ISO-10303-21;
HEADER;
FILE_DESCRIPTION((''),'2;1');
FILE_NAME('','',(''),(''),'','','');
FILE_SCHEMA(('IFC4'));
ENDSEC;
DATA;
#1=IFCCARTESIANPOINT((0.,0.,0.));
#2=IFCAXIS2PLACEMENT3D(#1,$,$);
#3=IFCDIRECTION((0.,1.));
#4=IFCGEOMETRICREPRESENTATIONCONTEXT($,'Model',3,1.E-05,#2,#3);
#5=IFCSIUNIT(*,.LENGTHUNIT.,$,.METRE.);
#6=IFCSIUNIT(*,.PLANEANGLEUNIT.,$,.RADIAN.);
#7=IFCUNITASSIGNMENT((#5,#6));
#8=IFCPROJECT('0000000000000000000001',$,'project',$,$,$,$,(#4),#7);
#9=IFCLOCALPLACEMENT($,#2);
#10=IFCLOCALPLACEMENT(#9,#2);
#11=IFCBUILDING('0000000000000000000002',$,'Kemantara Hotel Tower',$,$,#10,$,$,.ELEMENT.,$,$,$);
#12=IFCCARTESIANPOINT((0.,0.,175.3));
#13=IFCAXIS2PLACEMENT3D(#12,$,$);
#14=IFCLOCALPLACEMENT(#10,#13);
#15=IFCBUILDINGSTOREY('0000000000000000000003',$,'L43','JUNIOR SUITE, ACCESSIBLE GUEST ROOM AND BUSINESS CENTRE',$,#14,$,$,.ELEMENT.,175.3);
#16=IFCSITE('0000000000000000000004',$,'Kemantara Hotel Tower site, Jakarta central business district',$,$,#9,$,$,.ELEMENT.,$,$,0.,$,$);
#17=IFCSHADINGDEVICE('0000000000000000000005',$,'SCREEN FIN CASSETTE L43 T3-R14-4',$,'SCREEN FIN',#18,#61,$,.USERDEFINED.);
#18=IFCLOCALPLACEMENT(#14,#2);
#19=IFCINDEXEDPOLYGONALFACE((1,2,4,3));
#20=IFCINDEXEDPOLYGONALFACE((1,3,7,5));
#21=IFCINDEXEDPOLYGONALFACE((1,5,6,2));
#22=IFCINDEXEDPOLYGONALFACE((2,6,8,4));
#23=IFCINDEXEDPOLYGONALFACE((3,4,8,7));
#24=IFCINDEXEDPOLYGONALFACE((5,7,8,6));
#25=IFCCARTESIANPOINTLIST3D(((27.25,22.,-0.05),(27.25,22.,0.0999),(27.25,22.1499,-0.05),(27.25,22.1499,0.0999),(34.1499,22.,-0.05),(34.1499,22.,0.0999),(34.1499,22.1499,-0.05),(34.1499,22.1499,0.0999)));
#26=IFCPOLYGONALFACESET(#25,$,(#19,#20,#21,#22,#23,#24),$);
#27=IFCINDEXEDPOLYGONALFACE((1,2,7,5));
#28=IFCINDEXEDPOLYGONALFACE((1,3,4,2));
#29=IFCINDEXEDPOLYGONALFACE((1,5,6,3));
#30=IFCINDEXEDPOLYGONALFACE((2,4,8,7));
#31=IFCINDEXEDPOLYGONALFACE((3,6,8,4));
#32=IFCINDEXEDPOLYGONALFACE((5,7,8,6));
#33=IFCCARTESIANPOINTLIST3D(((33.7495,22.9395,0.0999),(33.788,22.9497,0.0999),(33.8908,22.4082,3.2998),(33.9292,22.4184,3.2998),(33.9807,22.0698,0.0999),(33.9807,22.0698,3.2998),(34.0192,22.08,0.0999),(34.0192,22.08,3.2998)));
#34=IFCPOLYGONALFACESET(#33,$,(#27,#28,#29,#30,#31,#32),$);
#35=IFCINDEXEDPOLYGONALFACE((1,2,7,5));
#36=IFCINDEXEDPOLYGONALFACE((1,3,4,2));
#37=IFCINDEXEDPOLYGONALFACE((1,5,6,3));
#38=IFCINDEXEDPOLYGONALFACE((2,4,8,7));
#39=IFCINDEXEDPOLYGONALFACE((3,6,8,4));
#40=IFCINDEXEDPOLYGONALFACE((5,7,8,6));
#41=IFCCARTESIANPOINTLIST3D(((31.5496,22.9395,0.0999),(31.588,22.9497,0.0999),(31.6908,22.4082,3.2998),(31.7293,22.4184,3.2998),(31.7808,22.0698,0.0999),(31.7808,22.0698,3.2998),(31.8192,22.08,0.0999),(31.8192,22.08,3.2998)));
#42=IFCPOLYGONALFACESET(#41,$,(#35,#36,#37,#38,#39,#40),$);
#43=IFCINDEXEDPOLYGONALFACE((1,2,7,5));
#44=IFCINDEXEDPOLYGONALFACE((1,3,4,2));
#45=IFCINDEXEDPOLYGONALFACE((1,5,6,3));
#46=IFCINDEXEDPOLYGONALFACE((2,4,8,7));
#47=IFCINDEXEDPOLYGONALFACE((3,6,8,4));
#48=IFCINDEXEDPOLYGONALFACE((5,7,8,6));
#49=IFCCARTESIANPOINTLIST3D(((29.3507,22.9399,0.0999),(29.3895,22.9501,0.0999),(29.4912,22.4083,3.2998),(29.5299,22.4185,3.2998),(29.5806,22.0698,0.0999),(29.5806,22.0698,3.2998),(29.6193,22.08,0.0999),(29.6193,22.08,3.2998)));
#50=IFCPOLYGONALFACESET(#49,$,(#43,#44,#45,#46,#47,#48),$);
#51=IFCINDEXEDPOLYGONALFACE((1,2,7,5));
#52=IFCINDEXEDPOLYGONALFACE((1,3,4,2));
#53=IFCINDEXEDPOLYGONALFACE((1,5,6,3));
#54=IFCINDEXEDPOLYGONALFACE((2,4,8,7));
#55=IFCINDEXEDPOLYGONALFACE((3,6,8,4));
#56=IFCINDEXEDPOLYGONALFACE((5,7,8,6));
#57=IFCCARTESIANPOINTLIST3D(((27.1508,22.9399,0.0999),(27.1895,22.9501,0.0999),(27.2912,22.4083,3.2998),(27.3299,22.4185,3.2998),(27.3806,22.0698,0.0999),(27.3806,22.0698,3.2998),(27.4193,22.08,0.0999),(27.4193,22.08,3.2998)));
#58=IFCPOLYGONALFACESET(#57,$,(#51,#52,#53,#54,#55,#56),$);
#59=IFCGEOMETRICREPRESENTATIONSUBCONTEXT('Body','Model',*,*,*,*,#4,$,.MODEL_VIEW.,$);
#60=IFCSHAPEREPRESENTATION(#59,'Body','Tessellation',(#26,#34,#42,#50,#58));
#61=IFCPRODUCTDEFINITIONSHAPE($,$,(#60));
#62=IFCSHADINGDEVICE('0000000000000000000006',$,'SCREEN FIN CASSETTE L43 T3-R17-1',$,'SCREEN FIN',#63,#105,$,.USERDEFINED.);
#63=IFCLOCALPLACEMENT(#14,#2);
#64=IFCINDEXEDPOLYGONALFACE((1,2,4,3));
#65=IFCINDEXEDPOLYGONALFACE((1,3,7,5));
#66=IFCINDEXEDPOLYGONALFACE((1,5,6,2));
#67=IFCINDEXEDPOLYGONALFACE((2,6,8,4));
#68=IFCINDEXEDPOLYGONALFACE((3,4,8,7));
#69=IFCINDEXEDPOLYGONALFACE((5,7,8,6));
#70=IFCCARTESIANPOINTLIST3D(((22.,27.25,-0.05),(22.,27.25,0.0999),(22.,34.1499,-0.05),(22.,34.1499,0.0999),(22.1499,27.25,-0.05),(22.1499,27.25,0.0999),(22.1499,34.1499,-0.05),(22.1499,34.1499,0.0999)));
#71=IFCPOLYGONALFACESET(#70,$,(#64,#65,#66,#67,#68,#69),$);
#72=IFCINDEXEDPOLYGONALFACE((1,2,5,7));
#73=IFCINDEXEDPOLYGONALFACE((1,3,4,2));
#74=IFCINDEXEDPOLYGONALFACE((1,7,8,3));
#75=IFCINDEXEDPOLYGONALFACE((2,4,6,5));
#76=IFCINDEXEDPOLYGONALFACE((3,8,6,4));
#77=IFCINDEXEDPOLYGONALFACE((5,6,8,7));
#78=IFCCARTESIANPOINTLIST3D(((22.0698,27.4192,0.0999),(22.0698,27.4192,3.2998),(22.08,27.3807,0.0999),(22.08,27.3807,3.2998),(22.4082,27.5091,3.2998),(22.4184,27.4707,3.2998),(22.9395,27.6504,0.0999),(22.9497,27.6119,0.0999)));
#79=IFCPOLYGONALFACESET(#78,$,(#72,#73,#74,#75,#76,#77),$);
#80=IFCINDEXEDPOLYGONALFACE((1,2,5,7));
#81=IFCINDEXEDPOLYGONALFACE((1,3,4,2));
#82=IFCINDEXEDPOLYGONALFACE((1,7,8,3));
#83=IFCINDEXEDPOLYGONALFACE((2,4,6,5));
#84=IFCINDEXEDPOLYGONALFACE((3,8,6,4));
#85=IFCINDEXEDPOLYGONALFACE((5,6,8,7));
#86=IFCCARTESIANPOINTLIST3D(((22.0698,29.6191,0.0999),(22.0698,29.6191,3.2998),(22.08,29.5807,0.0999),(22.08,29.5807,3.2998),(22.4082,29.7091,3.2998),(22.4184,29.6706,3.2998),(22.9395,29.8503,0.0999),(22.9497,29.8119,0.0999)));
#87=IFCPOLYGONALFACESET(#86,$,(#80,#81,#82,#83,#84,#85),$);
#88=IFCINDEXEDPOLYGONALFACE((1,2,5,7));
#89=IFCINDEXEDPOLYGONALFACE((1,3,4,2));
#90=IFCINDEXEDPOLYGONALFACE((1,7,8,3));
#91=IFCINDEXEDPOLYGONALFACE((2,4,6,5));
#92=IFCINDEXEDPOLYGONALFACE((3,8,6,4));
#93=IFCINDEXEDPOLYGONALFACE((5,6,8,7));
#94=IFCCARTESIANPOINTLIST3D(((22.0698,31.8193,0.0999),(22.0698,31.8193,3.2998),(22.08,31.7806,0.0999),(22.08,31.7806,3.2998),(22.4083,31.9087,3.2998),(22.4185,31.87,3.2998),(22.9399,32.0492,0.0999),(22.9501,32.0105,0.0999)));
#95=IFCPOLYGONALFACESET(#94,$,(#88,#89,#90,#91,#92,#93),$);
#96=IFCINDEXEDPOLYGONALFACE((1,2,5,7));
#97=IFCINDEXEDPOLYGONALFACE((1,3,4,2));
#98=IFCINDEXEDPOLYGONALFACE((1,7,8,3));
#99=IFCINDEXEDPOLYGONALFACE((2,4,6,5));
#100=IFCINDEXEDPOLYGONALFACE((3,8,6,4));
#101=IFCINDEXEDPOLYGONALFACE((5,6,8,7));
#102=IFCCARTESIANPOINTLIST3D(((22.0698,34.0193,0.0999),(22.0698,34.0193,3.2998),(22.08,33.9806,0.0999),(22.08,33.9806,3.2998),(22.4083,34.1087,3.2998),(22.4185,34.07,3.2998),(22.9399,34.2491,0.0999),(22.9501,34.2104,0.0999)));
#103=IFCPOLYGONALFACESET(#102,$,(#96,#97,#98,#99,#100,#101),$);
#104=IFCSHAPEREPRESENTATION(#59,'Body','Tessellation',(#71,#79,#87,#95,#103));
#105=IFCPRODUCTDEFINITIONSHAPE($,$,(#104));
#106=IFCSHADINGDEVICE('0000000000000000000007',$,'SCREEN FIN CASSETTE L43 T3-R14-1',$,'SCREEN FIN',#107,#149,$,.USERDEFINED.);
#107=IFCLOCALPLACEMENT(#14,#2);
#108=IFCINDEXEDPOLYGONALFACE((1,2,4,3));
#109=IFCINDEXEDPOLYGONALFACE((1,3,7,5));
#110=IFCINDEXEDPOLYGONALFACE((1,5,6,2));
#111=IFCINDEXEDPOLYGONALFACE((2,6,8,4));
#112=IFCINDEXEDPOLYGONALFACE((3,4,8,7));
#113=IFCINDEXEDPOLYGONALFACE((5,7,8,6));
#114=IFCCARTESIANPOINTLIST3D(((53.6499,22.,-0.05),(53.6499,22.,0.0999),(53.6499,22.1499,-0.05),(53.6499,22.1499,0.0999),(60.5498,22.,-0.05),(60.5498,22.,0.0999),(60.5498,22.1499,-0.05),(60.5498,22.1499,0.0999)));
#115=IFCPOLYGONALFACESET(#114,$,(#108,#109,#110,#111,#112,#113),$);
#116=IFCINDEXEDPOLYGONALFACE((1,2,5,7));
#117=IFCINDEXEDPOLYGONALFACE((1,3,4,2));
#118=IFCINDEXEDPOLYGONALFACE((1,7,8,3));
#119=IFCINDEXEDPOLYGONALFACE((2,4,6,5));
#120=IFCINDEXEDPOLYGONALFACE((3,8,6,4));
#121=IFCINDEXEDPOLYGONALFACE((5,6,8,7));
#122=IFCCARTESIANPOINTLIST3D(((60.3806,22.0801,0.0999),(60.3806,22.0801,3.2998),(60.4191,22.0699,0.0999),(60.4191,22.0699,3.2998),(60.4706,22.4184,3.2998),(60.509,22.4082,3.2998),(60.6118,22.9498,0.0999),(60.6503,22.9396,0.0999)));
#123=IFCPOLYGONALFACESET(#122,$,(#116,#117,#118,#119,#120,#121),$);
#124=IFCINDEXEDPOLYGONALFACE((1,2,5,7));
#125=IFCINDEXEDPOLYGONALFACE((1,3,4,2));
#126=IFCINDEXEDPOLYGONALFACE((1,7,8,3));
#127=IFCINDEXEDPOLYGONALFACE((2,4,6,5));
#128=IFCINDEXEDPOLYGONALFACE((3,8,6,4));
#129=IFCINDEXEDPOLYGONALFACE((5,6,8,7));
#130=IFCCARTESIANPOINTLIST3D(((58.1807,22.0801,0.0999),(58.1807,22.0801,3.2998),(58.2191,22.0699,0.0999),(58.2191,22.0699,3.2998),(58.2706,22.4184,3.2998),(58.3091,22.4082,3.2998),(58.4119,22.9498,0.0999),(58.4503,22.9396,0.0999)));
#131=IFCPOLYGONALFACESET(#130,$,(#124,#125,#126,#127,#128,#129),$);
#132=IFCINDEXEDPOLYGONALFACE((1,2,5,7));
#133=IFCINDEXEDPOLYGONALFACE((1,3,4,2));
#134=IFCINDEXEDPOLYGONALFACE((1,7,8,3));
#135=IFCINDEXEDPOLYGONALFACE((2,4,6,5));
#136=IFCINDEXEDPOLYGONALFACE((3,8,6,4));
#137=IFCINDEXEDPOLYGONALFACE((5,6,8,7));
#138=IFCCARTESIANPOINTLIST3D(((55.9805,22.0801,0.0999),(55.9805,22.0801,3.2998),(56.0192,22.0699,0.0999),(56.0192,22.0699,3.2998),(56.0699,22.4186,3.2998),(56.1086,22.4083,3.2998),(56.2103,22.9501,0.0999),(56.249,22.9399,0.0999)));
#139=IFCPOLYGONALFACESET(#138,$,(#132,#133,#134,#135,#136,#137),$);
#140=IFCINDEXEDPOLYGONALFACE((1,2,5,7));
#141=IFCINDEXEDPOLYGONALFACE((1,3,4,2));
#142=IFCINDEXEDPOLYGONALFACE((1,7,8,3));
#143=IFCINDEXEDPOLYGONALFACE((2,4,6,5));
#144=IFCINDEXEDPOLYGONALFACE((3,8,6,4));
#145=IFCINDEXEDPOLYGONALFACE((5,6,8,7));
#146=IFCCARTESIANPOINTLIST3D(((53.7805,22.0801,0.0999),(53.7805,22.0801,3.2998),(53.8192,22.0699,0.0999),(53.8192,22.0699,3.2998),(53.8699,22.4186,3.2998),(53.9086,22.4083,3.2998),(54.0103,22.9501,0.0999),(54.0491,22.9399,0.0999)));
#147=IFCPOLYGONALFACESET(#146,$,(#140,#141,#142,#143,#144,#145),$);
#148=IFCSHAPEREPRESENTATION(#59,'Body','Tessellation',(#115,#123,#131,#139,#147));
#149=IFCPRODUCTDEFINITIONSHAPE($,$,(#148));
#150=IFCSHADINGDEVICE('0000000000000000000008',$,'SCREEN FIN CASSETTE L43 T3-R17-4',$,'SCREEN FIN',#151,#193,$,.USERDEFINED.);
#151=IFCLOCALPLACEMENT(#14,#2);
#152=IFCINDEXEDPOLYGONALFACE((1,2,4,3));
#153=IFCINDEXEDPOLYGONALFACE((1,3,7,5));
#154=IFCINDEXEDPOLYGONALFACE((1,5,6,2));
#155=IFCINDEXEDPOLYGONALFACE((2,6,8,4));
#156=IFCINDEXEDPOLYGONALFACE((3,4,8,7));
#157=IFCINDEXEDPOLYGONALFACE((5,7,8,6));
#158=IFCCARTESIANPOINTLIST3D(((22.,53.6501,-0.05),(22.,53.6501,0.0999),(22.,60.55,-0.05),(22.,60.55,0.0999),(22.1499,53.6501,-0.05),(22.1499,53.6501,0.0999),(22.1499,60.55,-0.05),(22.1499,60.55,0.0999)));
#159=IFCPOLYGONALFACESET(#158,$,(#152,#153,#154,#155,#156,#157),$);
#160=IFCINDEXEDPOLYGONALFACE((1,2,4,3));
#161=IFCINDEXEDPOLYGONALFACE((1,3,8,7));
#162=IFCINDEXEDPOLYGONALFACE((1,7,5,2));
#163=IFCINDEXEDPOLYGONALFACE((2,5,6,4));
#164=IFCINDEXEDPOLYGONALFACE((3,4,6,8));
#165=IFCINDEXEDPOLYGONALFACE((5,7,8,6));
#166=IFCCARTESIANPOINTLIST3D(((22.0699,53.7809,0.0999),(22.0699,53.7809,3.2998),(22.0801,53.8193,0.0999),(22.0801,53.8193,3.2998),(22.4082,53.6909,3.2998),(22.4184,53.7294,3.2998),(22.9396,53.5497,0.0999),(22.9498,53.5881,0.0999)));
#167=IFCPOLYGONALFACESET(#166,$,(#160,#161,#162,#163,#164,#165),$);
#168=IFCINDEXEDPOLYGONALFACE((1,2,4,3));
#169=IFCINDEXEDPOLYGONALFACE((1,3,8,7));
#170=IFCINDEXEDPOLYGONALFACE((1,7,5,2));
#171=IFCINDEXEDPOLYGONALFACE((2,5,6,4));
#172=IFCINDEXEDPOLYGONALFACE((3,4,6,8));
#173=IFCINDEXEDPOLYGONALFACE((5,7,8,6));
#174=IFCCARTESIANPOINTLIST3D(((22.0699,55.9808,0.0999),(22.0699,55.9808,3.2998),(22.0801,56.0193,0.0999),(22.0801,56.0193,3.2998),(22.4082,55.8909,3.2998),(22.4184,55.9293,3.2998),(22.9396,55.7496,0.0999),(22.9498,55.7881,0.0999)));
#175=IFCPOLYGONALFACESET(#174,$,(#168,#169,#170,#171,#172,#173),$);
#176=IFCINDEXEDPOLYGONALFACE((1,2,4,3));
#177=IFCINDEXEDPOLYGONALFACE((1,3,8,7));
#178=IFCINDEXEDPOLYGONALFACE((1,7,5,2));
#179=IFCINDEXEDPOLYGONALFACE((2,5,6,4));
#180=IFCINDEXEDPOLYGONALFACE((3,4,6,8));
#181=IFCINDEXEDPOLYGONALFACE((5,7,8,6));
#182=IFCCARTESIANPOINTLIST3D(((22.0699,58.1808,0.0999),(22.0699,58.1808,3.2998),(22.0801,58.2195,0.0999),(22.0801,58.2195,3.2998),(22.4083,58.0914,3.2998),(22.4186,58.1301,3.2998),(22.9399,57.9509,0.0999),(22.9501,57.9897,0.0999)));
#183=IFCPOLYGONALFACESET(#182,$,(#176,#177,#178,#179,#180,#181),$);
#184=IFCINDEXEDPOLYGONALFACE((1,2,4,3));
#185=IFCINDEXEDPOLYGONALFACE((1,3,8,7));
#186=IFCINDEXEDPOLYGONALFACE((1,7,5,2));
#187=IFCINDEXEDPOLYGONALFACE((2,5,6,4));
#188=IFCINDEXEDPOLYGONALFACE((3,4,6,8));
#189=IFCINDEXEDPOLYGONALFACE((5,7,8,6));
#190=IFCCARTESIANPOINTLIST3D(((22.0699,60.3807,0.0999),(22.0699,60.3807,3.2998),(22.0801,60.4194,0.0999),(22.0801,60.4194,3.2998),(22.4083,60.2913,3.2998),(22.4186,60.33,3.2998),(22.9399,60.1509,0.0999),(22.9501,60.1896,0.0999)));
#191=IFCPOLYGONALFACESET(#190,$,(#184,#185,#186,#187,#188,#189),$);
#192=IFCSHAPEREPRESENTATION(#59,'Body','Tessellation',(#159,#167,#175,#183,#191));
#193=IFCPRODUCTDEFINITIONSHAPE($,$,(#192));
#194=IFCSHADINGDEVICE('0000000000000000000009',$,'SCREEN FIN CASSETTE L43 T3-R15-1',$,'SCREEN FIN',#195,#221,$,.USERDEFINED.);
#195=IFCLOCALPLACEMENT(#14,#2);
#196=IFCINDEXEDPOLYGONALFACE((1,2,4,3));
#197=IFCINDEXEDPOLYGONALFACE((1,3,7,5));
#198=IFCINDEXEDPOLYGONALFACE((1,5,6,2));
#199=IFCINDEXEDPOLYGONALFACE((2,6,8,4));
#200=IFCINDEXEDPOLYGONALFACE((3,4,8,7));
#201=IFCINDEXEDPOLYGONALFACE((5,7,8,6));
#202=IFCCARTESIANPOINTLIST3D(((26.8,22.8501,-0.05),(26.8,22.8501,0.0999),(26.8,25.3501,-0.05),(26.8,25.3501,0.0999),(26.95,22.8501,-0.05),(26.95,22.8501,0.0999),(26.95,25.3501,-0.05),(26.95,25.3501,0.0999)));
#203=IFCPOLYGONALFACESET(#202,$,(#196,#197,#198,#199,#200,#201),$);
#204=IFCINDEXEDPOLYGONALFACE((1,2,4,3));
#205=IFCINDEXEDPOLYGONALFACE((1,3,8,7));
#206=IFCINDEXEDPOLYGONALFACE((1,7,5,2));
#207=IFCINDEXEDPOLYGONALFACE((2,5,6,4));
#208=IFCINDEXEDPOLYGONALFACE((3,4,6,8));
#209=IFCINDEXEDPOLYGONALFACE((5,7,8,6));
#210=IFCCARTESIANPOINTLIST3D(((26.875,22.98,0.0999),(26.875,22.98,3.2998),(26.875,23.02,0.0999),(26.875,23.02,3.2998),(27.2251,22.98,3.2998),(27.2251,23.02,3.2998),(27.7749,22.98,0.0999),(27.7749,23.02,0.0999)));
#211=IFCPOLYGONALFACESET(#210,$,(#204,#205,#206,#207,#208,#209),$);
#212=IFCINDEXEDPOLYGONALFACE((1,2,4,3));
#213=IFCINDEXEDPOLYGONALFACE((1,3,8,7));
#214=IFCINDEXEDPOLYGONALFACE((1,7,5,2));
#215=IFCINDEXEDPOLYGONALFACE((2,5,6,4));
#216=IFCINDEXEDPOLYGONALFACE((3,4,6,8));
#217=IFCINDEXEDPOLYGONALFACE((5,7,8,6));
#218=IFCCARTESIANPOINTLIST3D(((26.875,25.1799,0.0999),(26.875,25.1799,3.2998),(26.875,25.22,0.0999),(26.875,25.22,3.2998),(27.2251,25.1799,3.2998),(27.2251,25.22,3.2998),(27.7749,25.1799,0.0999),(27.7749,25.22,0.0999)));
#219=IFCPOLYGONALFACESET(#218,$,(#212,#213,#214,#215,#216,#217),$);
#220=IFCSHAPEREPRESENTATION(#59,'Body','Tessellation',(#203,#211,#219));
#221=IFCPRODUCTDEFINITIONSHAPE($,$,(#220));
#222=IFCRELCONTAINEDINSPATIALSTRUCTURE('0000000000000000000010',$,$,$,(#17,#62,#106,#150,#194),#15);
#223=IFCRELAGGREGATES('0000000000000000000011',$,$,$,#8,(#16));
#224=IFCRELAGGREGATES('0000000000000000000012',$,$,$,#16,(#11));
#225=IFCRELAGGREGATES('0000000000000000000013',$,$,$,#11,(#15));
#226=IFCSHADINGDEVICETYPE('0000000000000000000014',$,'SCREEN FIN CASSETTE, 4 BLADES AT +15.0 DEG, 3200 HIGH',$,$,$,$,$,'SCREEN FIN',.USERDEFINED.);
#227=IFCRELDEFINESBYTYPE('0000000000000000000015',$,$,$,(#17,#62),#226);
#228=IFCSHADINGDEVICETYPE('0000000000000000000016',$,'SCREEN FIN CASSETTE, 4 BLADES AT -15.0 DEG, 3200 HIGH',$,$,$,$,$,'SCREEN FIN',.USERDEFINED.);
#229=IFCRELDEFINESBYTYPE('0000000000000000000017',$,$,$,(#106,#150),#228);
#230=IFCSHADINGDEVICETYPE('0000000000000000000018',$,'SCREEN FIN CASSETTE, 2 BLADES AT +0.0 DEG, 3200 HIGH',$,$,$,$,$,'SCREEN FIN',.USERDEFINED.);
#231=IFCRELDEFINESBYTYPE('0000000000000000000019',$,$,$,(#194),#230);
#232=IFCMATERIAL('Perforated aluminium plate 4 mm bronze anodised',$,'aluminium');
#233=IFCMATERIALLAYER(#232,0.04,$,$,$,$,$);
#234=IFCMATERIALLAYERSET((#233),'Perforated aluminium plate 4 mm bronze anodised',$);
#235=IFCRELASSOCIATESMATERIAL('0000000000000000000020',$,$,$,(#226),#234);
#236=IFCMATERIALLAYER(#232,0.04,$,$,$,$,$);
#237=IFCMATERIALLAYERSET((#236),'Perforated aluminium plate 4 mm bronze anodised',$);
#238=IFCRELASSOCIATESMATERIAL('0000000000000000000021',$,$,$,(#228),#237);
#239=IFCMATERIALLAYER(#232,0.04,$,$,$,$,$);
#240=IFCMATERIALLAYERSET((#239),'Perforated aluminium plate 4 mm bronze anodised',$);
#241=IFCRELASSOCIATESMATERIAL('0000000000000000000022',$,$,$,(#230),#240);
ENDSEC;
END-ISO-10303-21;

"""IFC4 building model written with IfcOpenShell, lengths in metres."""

from ifc_helpers import new_model, si_unit, direction, frame, origin, origin_2d, place, context, subcontext, project, spatial, polyline, rectangle, outline, extrude, source, transform, mapped, material, layer, layer_set, type_object, element, save


model = new_model("IFC4")

# Units and contexts
model_context = context("Model", 3, precision=1e-05, world=origin(), true_north=direction((0.0, 1.0)))
body_context = subcontext(model_context, "Body", "Model", "MODEL_VIEW")
ifc_project = project(units=[si_unit("LENGTHUNIT", "METRE"), si_unit("PLANEANGLEUNIT", "RADIAN")], contexts=[model_context])

# Site, building, storey
site_placement = place(None, origin())
site = spatial("IfcSite", under=ifc_project, at=site_placement, Name="Kemantara Hotel Tower site, Jakarta central business district", CompositionType="ELEMENT", RefElevation=0.0)
building_placement = place(site_placement, origin())
building = spatial("IfcBuilding", under=site, at=building_placement, Name="Kemantara Hotel Tower", CompositionType="ELEMENT")
storey_placement = place(building_placement, frame((0.0, 0.0, 175.3)))
storey = spatial("IfcBuildingStorey", under=building, at=storey_placement, Name="L43", Description="JUNIOR SUITE, ACCESSIBLE GUEST ROOM AND BUSINESS CENTRE", CompositionType="ELEMENT", Elevation=175.3)

# Shading devices
ifc_material_1 = material(Name="Perforated aluminium plate 4 mm bronze anodised", Category="aluminium")
ifc_layer_1 = layer(ifc_material_1, 0.04)
ifc_layer_set_1 = layer_set([ifc_layer_1], Name="Perforated aluminium plate 4 mm bronze anodised")
shading_device_type_1 = type_object("IfcShadingDeviceType", Name="SCREEN FIN CASSETTE, 4 BLADES AT +15.0 DEG, 3200 HIGH", ElementType="SCREEN FIN", PredefinedType="USERDEFINED", material=ifc_layer_set_1)
shared_shape_1 = source(origin(), body_context, "Body", "SweptSolid", [
    extrude(rectangle(XDim=6.8999, YDim=0.1499, at=origin_2d()), frame((3.3, -0.075, -0.1499), z_axis=(0.0, 0.0, 1.0), x_axis=(1.0, 0.0, 0.0)), (0.0, 0.0, 1.0), 0.1499),
    extrude(outline(polyline([(0.0, 0.0), (0.8999, 0.0), (0.3501, 3.2), (0.0, 3.2), (0.0, 0.0)])), frame((0.0193, -0.0698, 0.0), z_axis=(-0.966438, -0.256901, 0.0), x_axis=(0.256901, -0.966438, 0.0)), (0.0, 0.0, 1.0), 0.0398),
    extrude(outline(polyline([(0.0, 0.0), (0.8999, 0.0), (0.3501, 3.2), (0.0, 3.2), (0.0, 0.0)])), frame((2.2192, -0.0698, 0.0), z_axis=(-0.966438, -0.256901, 0.0), x_axis=(0.256901, -0.966438, 0.0)), (0.0, 0.0, 1.0), 0.0398),
    extrude(outline(polyline([(0.0, 0.0), (0.8999, 0.0), (0.3501, 3.2), (0.0, 3.2), (0.0, 0.0)])), frame((4.4194, -0.0698, 0.0), z_axis=(-0.966838, -0.255391, 0.0), x_axis=(0.255391, -0.966838, 0.0)), (0.0, 0.0, 1.0), 0.04),
    extrude(outline(polyline([(0.0, 0.0), (0.8999, 0.0), (0.3501, 3.2), (0.0, 3.2), (0.0, 0.0)])), frame((6.6194, -0.0698, 0.0), z_axis=(-0.966838, -0.255391, 0.0), x_axis=(0.255391, -0.966838, 0.0)), (0.0, 0.0, 1.0), 0.04),
])
for number, where, z_axis, x_axis, name in (
    (1, (34.0, 22.0, 0.0999), (0.0, 0.0, 1.0), (-1.0, 0.0, 0.0), "SCREEN FIN CASSETTE L43 T3-R14-4"),
    (2, (22.0, 27.3999, 0.0999), (0.0, 0.0, 1.0), (0.0, 1.0, 0.0), "SCREEN FIN CASSETTE L43 T3-R17-1"),
):
    element("IfcShadingDevice", number, at=place(storey_placement, frame(where, z_axis=z_axis, x_axis=x_axis)), inside=storey, type_object=shading_device_type_1, Name=name, ObjectType="SCREEN FIN", PredefinedType="USERDEFINED", context=body_context, shape_type="MappedRepresentation", body=[
        mapped(shared_shape_1, transform((0.0, 0.0, 0.0))),
    ])
ifc_layer_2 = layer(ifc_material_1, 0.04)
ifc_layer_set_2 = layer_set([ifc_layer_2], Name="Perforated aluminium plate 4 mm bronze anodised")
shading_device_type_2 = type_object("IfcShadingDeviceType", Name="SCREEN FIN CASSETTE, 4 BLADES AT -15.0 DEG, 3200 HIGH", ElementType="SCREEN FIN", PredefinedType="USERDEFINED", material=ifc_layer_set_2)
shared_shape_2 = source(origin(), body_context, "Body", "SweptSolid", [
    extrude(rectangle(XDim=6.8999, YDim=0.1499, at=origin_2d()), frame((3.3, -0.075, -0.1499), z_axis=(0.0, 0.0, 1.0), x_axis=(1.0, 0.0, 0.0)), (0.0, 0.0, 1.0), 0.1499),
    extrude(outline(polyline([(0.0, 0.0), (0.8999, 0.0), (0.3501, 3.2), (0.0, 3.2), (0.0, 0.0)])), frame((0.0193, -0.0801, 0.0), z_axis=(-0.966438, 0.256901, 0.0), x_axis=(-0.256901, -0.966438, 0.0)), (0.0, 0.0, 1.0), 0.0398),
    extrude(outline(polyline([(0.0, 0.0), (0.8999, 0.0), (0.3501, 3.2), (0.0, 3.2), (0.0, 0.0)])), frame((2.2192, -0.0801, 0.0), z_axis=(-0.966438, 0.256901, 0.0), x_axis=(-0.256901, -0.966438, 0.0)), (0.0, 0.0, 1.0), 0.0398),
    extrude(outline(polyline([(0.0, 0.0), (0.8999, 0.0), (0.3501, 3.2), (0.0, 3.2), (0.0, 0.0)])), frame((4.4194, -0.0801, 0.0), z_axis=(-0.966838, 0.255391, 0.0), x_axis=(-0.255391, -0.966838, 0.0)), (0.0, 0.0, 1.0), 0.04),
    extrude(outline(polyline([(0.0, 0.0), (0.8999, 0.0), (0.3501, 3.2), (0.0, 3.2), (0.0, 0.0)])), frame((6.6194, -0.0801, 0.0), z_axis=(-0.966838, 0.255391, 0.0), x_axis=(-0.255391, -0.966838, 0.0)), (0.0, 0.0, 1.0), 0.04),
])
for number, where, z_axis, x_axis, name in (
    (3, (60.3999, 22.0, 0.0999), (0.0, 0.0, 1.0), (-1.0, 0.0, 0.0), "SCREEN FIN CASSETTE L43 T3-R14-1"),
    (4, (22.0, 53.8, 0.0999), (0.0, 0.0, 1.0), (0.0, 1.0, 0.0), "SCREEN FIN CASSETTE L43 T3-R17-4"),
):
    element("IfcShadingDevice", number, at=place(storey_placement, frame(where, z_axis=z_axis, x_axis=x_axis)), inside=storey, type_object=shading_device_type_2, Name=name, ObjectType="SCREEN FIN", PredefinedType="USERDEFINED", context=body_context, shape_type="MappedRepresentation", body=[
        mapped(shared_shape_2, transform((0.0, 0.0, 0.0))),
    ])
ifc_layer_3 = layer(ifc_material_1, 0.04)
ifc_layer_set_3 = layer_set([ifc_layer_3], Name="Perforated aluminium plate 4 mm bronze anodised")
shading_device_type_3 = type_object("IfcShadingDeviceType", Name="SCREEN FIN CASSETTE, 2 BLADES AT +0.0 DEG, 3200 HIGH", ElementType="SCREEN FIN", PredefinedType="USERDEFINED", material=ifc_layer_set_3)
shared_shape_3 = source(origin(), body_context, "Body", "SweptSolid", [
    extrude(rectangle(XDim=2.5, YDim=0.1499, at=origin_2d()), frame((1.1001, -0.075, -0.1499), z_axis=(0.0, 0.0, 1.0), x_axis=(1.0, 0.0, 0.0)), (0.0, 0.0, 1.0), 0.1499),
    extrude(outline(polyline([(0.0, 0.0), (0.8999, 0.0), (0.3501, 3.2), (0.0, 3.2), (0.0, 0.0)])), frame((0.02, -0.075, 0.0), z_axis=(-1.0, 0.0, 0.0), x_axis=(0.0, -1.0, 0.0)), (0.0, 0.0, 1.0), 0.04),
    extrude(outline(polyline([(0.0, 0.0), (0.8999, 0.0), (0.3501, 3.2), (0.0, 3.2), (0.0, 0.0)])), frame((2.22, -0.075, 0.0), z_axis=(-1.0, 0.0, 0.0), x_axis=(0.0, -1.0, 0.0)), (0.0, 0.0, 1.0), 0.04),
])
for number, where, z_axis, x_axis, name in (
    (5, (26.8, 23.0, 0.0999), (0.0, 0.0, 1.0), (0.0, 1.0, 0.0), "SCREEN FIN CASSETTE L43 T3-R15-1"),
):
    element("IfcShadingDevice", number, at=place(storey_placement, frame(where, z_axis=z_axis, x_axis=x_axis)), inside=storey, type_object=shading_device_type_3, Name=name, ObjectType="SCREEN FIN", PredefinedType="USERDEFINED", context=body_context, shape_type="MappedRepresentation", body=[
        mapped(shared_shape_3, transform((0.0, 0.0, 0.0))),
    ])

save(model, "model.ifc")
